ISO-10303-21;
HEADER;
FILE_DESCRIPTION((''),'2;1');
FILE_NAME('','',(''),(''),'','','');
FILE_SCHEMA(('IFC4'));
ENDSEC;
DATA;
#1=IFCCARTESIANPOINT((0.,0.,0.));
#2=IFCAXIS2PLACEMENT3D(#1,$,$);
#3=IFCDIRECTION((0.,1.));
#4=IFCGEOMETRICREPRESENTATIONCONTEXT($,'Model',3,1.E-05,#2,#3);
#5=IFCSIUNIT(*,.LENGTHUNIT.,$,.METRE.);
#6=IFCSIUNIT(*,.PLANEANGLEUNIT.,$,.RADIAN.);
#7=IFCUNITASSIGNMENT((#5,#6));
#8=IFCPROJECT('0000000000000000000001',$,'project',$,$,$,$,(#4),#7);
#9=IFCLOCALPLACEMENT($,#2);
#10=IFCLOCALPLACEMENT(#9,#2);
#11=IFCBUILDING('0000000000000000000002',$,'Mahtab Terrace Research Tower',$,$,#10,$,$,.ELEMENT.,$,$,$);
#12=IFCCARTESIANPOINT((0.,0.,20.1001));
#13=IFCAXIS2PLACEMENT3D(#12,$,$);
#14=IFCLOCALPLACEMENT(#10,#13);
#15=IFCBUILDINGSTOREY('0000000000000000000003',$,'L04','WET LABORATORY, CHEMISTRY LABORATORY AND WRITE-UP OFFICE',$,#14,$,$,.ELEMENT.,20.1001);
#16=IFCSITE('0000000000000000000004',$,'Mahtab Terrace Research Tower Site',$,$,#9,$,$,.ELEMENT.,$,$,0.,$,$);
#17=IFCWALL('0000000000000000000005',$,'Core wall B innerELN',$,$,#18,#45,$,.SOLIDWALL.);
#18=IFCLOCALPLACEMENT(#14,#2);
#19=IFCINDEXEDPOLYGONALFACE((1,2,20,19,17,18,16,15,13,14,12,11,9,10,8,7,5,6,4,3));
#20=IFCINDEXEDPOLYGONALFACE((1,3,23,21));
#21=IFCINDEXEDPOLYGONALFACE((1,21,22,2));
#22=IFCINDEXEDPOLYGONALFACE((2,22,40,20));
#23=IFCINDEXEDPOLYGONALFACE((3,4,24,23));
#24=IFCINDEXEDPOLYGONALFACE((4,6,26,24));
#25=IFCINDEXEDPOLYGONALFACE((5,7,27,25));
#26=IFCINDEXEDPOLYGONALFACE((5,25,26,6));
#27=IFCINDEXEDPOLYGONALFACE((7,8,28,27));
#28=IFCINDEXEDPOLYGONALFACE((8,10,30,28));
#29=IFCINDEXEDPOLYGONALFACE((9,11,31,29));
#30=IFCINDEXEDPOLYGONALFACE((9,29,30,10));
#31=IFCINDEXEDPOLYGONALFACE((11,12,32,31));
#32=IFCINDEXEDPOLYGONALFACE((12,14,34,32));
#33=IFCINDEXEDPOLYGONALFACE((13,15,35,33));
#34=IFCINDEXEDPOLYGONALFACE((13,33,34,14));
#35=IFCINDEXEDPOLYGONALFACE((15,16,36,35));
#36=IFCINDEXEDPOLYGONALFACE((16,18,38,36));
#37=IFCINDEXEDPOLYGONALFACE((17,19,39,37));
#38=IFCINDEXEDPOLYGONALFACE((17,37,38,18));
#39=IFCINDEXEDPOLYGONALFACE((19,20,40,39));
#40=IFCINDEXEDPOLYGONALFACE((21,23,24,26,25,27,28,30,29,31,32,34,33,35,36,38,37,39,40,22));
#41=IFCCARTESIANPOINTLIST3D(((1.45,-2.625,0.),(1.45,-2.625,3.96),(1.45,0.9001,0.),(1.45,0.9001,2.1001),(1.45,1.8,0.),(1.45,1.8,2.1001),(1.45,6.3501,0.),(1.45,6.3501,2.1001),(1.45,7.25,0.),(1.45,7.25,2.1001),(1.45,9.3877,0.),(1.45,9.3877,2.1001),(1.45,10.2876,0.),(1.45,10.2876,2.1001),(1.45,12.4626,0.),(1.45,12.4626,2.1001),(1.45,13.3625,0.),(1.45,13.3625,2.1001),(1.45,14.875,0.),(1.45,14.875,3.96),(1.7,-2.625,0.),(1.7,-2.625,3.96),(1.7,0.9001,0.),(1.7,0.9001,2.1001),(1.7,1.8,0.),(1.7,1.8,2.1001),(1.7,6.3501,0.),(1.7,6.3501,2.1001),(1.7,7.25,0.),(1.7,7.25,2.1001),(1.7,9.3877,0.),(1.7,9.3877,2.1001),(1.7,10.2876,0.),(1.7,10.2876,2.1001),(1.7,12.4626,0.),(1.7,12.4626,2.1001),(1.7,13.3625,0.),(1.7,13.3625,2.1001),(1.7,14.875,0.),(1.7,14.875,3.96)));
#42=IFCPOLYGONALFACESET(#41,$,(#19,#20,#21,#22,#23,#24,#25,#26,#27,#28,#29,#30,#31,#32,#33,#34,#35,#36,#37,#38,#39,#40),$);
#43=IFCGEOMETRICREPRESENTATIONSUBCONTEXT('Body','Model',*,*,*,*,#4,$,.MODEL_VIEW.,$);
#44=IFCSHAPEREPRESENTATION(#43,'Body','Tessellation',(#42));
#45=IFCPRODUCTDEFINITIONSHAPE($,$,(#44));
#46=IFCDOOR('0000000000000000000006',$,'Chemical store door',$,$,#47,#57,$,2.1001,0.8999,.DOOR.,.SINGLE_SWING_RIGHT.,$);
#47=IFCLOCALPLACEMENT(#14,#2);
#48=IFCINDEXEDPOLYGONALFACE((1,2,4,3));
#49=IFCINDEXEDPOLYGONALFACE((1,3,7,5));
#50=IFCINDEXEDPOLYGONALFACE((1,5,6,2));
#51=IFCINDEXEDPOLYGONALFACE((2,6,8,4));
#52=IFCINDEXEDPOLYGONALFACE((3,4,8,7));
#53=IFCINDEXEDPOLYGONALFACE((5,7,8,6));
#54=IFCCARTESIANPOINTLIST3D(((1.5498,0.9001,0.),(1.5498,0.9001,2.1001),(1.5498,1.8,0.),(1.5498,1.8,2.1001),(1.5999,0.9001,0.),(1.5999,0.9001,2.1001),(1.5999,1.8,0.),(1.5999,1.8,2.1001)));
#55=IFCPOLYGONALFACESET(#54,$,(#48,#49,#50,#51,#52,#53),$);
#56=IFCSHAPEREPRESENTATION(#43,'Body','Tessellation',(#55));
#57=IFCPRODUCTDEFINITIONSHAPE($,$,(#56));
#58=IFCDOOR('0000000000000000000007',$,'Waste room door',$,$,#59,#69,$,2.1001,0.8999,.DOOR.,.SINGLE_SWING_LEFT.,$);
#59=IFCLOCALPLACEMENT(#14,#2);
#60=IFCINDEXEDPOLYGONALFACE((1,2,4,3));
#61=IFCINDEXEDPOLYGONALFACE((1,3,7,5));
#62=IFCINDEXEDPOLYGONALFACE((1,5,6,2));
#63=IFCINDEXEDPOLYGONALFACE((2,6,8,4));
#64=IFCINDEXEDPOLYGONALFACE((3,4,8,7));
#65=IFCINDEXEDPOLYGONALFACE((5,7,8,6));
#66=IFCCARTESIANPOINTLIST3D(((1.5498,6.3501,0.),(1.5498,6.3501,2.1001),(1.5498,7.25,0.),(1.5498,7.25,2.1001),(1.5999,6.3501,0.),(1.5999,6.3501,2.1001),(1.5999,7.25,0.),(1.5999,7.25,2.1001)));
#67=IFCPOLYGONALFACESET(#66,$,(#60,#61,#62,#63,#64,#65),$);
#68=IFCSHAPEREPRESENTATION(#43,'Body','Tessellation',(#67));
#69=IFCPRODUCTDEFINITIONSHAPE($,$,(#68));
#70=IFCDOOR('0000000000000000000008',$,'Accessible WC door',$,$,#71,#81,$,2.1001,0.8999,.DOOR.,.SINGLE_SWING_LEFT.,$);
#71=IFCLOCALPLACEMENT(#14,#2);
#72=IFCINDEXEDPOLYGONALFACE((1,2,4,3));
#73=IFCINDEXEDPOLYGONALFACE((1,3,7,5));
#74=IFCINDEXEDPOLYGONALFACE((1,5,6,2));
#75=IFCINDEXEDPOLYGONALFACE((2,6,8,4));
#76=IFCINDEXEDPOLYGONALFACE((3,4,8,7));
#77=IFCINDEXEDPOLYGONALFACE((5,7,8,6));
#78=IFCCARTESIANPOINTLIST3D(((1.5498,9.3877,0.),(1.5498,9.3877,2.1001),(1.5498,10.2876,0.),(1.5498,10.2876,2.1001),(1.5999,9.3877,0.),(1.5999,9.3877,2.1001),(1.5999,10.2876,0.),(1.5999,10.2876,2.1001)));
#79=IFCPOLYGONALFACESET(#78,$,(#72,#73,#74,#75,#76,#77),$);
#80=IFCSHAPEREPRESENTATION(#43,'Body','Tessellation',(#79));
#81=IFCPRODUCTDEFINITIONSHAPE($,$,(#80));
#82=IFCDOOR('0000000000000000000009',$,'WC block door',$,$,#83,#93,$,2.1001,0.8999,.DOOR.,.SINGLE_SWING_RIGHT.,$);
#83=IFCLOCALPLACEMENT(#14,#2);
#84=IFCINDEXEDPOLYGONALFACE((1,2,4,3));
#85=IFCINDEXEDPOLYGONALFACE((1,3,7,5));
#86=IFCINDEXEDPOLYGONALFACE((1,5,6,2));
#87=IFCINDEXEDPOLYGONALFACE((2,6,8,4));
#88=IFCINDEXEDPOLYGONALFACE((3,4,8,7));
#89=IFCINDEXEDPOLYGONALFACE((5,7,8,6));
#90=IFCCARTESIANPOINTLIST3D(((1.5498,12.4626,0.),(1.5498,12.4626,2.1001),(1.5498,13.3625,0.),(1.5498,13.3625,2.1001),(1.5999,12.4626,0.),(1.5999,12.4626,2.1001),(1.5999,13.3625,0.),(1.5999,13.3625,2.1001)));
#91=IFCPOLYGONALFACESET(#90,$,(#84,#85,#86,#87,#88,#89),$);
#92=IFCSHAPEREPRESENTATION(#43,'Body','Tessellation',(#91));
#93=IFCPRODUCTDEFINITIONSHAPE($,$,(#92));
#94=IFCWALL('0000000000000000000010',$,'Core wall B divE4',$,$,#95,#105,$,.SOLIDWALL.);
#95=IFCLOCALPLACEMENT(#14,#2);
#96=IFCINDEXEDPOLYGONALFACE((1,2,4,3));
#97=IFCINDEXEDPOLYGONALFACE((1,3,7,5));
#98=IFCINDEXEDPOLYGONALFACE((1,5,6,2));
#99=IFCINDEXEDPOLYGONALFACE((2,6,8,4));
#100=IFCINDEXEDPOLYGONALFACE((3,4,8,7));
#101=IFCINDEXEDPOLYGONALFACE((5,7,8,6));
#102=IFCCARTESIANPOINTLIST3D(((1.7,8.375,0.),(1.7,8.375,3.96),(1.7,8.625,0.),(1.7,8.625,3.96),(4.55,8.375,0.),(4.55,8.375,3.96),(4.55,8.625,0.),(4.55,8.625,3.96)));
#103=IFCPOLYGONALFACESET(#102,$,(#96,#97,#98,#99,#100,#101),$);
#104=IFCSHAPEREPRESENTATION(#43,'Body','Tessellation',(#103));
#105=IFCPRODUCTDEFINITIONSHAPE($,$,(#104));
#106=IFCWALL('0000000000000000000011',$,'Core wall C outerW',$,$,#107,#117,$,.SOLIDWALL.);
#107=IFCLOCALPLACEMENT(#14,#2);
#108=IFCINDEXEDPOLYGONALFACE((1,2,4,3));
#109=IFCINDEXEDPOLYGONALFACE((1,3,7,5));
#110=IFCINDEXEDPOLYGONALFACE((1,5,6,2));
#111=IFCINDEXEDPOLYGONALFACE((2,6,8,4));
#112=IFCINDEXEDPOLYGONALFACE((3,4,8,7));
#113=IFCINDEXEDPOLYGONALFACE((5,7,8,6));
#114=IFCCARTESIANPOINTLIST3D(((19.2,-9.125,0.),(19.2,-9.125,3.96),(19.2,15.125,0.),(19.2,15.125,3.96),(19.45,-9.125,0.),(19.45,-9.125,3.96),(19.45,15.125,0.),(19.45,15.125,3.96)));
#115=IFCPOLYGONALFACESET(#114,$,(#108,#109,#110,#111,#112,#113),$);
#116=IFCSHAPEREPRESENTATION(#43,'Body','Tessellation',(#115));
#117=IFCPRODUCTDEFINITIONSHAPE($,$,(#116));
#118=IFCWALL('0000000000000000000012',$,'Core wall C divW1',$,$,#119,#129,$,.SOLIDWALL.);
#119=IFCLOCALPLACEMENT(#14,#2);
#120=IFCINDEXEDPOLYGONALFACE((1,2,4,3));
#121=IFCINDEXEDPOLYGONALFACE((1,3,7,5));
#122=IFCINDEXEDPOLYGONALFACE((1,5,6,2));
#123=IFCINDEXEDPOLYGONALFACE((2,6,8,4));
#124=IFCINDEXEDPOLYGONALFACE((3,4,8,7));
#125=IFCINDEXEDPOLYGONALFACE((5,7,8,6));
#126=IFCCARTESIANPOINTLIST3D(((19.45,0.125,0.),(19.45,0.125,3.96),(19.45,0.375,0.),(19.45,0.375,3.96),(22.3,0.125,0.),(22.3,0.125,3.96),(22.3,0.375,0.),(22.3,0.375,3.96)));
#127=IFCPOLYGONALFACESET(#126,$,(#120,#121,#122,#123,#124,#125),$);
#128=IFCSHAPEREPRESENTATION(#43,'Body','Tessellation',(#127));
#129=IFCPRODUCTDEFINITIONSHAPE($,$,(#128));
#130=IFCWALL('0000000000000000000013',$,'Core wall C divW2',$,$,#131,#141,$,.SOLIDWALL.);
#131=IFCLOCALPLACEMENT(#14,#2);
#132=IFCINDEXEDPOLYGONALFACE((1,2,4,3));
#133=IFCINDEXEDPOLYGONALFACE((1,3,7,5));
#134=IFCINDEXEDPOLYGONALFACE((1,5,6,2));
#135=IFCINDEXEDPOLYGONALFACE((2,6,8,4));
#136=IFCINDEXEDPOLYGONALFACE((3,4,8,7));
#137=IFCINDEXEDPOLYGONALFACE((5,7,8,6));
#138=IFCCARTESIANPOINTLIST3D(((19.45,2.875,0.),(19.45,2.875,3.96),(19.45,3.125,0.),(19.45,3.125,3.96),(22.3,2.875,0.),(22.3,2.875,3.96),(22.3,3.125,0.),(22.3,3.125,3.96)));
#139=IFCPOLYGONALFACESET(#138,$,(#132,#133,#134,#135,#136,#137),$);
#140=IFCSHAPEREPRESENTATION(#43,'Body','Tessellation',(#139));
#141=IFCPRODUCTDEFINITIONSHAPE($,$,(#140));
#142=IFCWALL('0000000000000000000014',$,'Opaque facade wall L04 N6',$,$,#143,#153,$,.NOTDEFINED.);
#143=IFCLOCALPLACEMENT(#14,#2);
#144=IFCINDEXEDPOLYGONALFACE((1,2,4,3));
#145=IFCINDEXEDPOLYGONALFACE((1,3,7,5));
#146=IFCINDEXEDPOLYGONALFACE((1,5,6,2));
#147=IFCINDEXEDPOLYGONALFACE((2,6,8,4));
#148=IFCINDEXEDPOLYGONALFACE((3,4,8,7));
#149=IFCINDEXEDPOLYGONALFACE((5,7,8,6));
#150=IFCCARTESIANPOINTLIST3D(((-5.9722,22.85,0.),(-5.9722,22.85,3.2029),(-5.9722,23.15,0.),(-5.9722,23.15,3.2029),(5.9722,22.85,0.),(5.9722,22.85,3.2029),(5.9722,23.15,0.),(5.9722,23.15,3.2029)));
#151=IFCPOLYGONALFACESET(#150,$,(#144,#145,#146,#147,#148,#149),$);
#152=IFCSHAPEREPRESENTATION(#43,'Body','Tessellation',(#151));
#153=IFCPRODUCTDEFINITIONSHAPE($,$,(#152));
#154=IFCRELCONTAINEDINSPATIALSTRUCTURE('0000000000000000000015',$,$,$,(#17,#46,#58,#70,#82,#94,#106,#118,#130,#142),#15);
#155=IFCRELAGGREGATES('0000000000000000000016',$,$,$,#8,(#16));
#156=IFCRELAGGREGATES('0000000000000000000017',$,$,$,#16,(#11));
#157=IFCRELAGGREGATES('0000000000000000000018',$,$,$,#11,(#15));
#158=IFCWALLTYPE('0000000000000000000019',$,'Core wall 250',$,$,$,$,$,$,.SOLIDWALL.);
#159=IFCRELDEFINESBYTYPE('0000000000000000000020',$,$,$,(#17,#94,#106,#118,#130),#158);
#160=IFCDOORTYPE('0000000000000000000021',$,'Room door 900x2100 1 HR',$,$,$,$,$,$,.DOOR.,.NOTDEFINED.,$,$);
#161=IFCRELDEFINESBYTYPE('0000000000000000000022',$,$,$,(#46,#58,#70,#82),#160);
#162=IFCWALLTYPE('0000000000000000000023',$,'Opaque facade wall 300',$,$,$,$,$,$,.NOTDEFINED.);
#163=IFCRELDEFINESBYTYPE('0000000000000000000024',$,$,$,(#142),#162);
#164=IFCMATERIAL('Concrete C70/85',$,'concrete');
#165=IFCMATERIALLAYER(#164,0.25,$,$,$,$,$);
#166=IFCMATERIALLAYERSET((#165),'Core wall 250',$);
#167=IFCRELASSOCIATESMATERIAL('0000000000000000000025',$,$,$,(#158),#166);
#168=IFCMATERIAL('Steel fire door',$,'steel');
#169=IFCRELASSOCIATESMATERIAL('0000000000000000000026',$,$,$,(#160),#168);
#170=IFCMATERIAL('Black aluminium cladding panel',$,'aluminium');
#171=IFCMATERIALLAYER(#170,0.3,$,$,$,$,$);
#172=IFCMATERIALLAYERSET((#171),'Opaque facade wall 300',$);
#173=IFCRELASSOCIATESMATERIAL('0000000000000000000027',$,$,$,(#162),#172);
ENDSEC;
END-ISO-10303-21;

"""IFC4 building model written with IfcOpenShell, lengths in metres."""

from ifc_helpers import new_model, si_unit, direction, frame, frame_2d, origin, place, context, subcontext, project, spatial, rectangle, extrude, material, layer, layer_set, type_object, element, fill, save


model = new_model("IFC4")

# Units and contexts
model_context = context("Model", 3, precision=1e-05, world=origin(), true_north=direction((0.0, 1.0)))
body_context = subcontext(model_context, "Body", "Model", "MODEL_VIEW")
ifc_project = project(units=[si_unit("LENGTHUNIT", "METRE"), si_unit("PLANEANGLEUNIT", "RADIAN")], contexts=[model_context])

# Site, building, storey
site_placement = place(None, origin())
site = spatial("IfcSite", under=ifc_project, at=site_placement, Name="Mahtab Terrace Research Tower Site", CompositionType="ELEMENT", RefElevation=0.0)
building_placement = place(site_placement, origin())
building = spatial("IfcBuilding", under=site, at=building_placement, Name="Mahtab Terrace Research Tower", CompositionType="ELEMENT")
storey_placement = place(building_placement, frame((0.0, 0.0, 20.1001)))
storey = spatial("IfcBuildingStorey", under=building, at=storey_placement, Name="L04", Description="WET LABORATORY, CHEMISTRY LABORATORY AND WRITE-UP OFFICE", CompositionType="ELEMENT", Elevation=20.1001)

# Shared definitions
ifc_material_1 = material(Name="Concrete C70/85", Category="concrete")

# Wall, openings, doors
ifc_layer_1 = layer(ifc_material_1, 0.25)
ifc_layer_set_1 = layer_set([ifc_layer_1], Name="Core wall 250")
wall_type_1 = type_object("IfcWallType", Name="Core wall 250", PredefinedType="SOLIDWALL", material=ifc_layer_set_1)
wall_1_placement = place(storey_placement, frame((1.575, 14.875, 0.0), z_axis=(0.0, 0.0, 1.0), x_axis=(0.0, -1.0, 0.0)))
wall_1 = element("IfcWall", 1, at=wall_1_placement, inside=storey, type_object=wall_type_1, Name="Core wall B innerELN", PredefinedType="SOLIDWALL", context=body_context, shape_type="SweptSolid", body=[
    extrude(rectangle(XDim=17.5, YDim=0.25, at=frame_2d((8.75, 0.0))), origin(), (0.0, 0.0, 1.0), 3.96),
])
opening_1_placement = place(wall_1_placement, frame((13.075, 0.0, 0.0)))
opening_1 = element("IfcOpeningElement", 2, at=opening_1_placement, cuts=wall_1, PredefinedType="OPENING", context=body_context, shape_type="SweptSolid", body=[
    extrude(rectangle(XDim=0.8999, YDim=2.1001, at=frame_2d((0.45, 1.05))), frame((0.0, 0.135, 0.0), z_axis=(0.0, -1.0, 0.0), x_axis=(1.0, 0.0, 0.0)), (0.0, 0.0, 1.0), 0.27),
])
opening_2_placement = place(wall_1_placement, frame((7.625, 0.0, 0.0)))
opening_2 = element("IfcOpeningElement", 3, at=opening_2_placement, cuts=wall_1, PredefinedType="OPENING", context=body_context, shape_type="SweptSolid", body=[
    extrude(rectangle(XDim=0.8999, YDim=2.1001, at=frame_2d((0.45, 1.05))), frame((0.0, 0.135, 0.0), z_axis=(0.0, -1.0, 0.0), x_axis=(1.0, 0.0, 0.0)), (0.0, 0.0, 1.0), 0.27),
])
opening_3_placement = place(wall_1_placement, frame((4.5874, 0.0, 0.0)))
opening_3 = element("IfcOpeningElement", 4, at=opening_3_placement, cuts=wall_1, PredefinedType="OPENING", context=body_context, shape_type="SweptSolid", body=[
    extrude(rectangle(XDim=0.8999, YDim=2.1001, at=frame_2d((0.45, 1.05))), frame((0.0, 0.135, 0.0), z_axis=(0.0, -1.0, 0.0), x_axis=(1.0, 0.0, 0.0)), (0.0, 0.0, 1.0), 0.27),
])
opening_4_placement = place(wall_1_placement, frame((1.5125, 0.0, 0.0)))
opening_4 = element("IfcOpeningElement", 5, at=opening_4_placement, cuts=wall_1, PredefinedType="OPENING", context=body_context, shape_type="SweptSolid", body=[
    extrude(rectangle(XDim=0.8999, YDim=2.1001, at=frame_2d((0.45, 1.05))), frame((0.0, 0.135, 0.0), z_axis=(0.0, -1.0, 0.0), x_axis=(1.0, 0.0, 0.0)), (0.0, 0.0, 1.0), 0.27),
])
ifc_material_2 = material(Name="Steel fire door", Category="steel")
door_type_1 = type_object("IfcDoorType", Name="Room door 900x2100 1 HR", OperationType="NOTDEFINED", PredefinedType="DOOR", material=ifc_material_2)
door_1_placement = place(opening_1_placement, origin())
door_1 = element("IfcDoor", 6, at=door_1_placement, inside=storey, type_object=door_type_1, Name="Chemical store door", OperationType="SINGLE_SWING_RIGHT", OverallHeight=2.1001, OverallWidth=0.8999, PredefinedType="DOOR", context=body_context, shape_type="SweptSolid", body=[
    extrude(rectangle(XDim=0.8999, YDim=2.1001, at=frame_2d((0.45, 1.05))), frame((0.0, 0.0249, 0.0), z_axis=(0.0, -1.0, 0.0), x_axis=(1.0, 0.0, 0.0)), (0.0, 0.0, 1.0), 0.05),
])
fill(opening_1, door_1)
door_2_placement = place(opening_2_placement, origin())
door_2 = element("IfcDoor", 7, at=door_2_placement, inside=storey, type_object=door_type_1, Name="Waste room door", OperationType="SINGLE_SWING_LEFT", OverallHeight=2.1001, OverallWidth=0.8999, PredefinedType="DOOR", context=body_context, shape_type="SweptSolid", body=[
    extrude(rectangle(XDim=0.8999, YDim=2.1001, at=frame_2d((0.45, 1.05))), frame((0.0, 0.0249, 0.0), z_axis=(0.0, -1.0, 0.0), x_axis=(1.0, 0.0, 0.0)), (0.0, 0.0, 1.0), 0.05),
])
fill(opening_2, door_2)
door_3_placement = place(opening_3_placement, origin())
door_3 = element("IfcDoor", 8, at=door_3_placement, inside=storey, type_object=door_type_1, Name="Accessible WC door", OperationType="SINGLE_SWING_LEFT", OverallHeight=2.1001, OverallWidth=0.8999, PredefinedType="DOOR", context=body_context, shape_type="SweptSolid", body=[
    extrude(rectangle(XDim=0.8999, YDim=2.1001, at=frame_2d((0.45, 1.05))), frame((0.0, 0.0249, 0.0), z_axis=(0.0, -1.0, 0.0), x_axis=(1.0, 0.0, 0.0)), (0.0, 0.0, 1.0), 0.05),
])
fill(opening_3, door_3)
door_4_placement = place(opening_4_placement, origin())
door_4 = element("IfcDoor", 9, at=door_4_placement, inside=storey, type_object=door_type_1, Name="WC block door", OperationType="SINGLE_SWING_RIGHT", OverallHeight=2.1001, OverallWidth=0.8999, PredefinedType="DOOR", context=body_context, shape_type="SweptSolid", body=[
    extrude(rectangle(XDim=0.8999, YDim=2.1001, at=frame_2d((0.45, 1.05))), frame((0.0, 0.0249, 0.0), z_axis=(0.0, -1.0, 0.0), x_axis=(1.0, 0.0, 0.0)), (0.0, 0.0, 1.0), 0.05),
])
fill(opening_4, door_4)

# Walls
wall_2_placement = place(storey_placement, frame((1.7, 8.5, 0.0), z_axis=(0.0, 0.0, 1.0), x_axis=(1.0, 0.0, 0.0)))
element("IfcWall", 10, at=wall_2_placement, inside=storey, type_object=wall_type_1, Name="Core wall B divE4", PredefinedType="SOLIDWALL", context=body_context, shape_type="SweptSolid", body=[
    extrude(rectangle(XDim=2.8501, YDim=0.25, at=frame_2d((1.425, 0.0))), origin(), (0.0, 0.0, 1.0), 3.96),
])
wall_3_placement = place(storey_placement, frame((19.325, 15.125, 0.0), z_axis=(0.0, 0.0, 1.0), x_axis=(0.0, -1.0, 0.0)))
element("IfcWall", 11, at=wall_3_placement, inside=storey, type_object=wall_type_1, Name="Core wall C outerW", PredefinedType="SOLIDWALL", context=body_context, shape_type="SweptSolid", body=[
    extrude(rectangle(XDim=24.25, YDim=0.25, at=frame_2d((12.125, 0.0))), origin(), (0.0, 0.0, 1.0), 3.96),
])
for number, where, z_axis, x_axis, name in (
    (12, (19.45, 0.25, 0.0), (0.0, 0.0, 1.0), (1.0, 0.0, 0.0), "Core wall C divW1"),
    (13, (19.45, 3.0, 0.0), (0.0, 0.0, 1.0), (1.0, 0.0, 0.0), "Core wall C divW2"),
):
    element("IfcWall", number, at=place(storey_placement, frame(where, z_axis=z_axis, x_axis=x_axis)), inside=storey, type_object=wall_type_1, Name=name, PredefinedType="SOLIDWALL", context=body_context, shape_type="SweptSolid", body=[
        extrude(rectangle(XDim=2.8501, YDim=0.25, at=frame_2d((1.425, 0.0))), origin(), (0.0, 0.0, 1.0), 3.96),
    ])
ifc_material_3 = material(Name="Black aluminium cladding panel", Category="aluminium")
ifc_layer_2 = layer(ifc_material_3, 0.3)
ifc_layer_set_2 = layer_set([ifc_layer_2], Name="Opaque facade wall 300")
wall_type_2 = type_object("IfcWallType", Name="Opaque facade wall 300", PredefinedType="NOTDEFINED", material=ifc_layer_set_2)
wall_4_placement = place(storey_placement, frame((5.9722, 23.0, 0.0), z_axis=(0.0, 0.0, 1.0), x_axis=(-1.0, 0.0, 0.0)))
element("IfcWall", 14, at=wall_4_placement, inside=storey, type_object=wall_type_2, Name="Opaque facade wall L04 N6", PredefinedType="NOTDEFINED", context=body_context, shape_type="SweptSolid", body=[
    extrude(rectangle(XDim=11.9443, YDim=0.3, at=frame_2d((5.9722, 0.0))), origin(), (0.0, 0.0, 1.0), 3.2029),
])

save(model, "model.ifc")
